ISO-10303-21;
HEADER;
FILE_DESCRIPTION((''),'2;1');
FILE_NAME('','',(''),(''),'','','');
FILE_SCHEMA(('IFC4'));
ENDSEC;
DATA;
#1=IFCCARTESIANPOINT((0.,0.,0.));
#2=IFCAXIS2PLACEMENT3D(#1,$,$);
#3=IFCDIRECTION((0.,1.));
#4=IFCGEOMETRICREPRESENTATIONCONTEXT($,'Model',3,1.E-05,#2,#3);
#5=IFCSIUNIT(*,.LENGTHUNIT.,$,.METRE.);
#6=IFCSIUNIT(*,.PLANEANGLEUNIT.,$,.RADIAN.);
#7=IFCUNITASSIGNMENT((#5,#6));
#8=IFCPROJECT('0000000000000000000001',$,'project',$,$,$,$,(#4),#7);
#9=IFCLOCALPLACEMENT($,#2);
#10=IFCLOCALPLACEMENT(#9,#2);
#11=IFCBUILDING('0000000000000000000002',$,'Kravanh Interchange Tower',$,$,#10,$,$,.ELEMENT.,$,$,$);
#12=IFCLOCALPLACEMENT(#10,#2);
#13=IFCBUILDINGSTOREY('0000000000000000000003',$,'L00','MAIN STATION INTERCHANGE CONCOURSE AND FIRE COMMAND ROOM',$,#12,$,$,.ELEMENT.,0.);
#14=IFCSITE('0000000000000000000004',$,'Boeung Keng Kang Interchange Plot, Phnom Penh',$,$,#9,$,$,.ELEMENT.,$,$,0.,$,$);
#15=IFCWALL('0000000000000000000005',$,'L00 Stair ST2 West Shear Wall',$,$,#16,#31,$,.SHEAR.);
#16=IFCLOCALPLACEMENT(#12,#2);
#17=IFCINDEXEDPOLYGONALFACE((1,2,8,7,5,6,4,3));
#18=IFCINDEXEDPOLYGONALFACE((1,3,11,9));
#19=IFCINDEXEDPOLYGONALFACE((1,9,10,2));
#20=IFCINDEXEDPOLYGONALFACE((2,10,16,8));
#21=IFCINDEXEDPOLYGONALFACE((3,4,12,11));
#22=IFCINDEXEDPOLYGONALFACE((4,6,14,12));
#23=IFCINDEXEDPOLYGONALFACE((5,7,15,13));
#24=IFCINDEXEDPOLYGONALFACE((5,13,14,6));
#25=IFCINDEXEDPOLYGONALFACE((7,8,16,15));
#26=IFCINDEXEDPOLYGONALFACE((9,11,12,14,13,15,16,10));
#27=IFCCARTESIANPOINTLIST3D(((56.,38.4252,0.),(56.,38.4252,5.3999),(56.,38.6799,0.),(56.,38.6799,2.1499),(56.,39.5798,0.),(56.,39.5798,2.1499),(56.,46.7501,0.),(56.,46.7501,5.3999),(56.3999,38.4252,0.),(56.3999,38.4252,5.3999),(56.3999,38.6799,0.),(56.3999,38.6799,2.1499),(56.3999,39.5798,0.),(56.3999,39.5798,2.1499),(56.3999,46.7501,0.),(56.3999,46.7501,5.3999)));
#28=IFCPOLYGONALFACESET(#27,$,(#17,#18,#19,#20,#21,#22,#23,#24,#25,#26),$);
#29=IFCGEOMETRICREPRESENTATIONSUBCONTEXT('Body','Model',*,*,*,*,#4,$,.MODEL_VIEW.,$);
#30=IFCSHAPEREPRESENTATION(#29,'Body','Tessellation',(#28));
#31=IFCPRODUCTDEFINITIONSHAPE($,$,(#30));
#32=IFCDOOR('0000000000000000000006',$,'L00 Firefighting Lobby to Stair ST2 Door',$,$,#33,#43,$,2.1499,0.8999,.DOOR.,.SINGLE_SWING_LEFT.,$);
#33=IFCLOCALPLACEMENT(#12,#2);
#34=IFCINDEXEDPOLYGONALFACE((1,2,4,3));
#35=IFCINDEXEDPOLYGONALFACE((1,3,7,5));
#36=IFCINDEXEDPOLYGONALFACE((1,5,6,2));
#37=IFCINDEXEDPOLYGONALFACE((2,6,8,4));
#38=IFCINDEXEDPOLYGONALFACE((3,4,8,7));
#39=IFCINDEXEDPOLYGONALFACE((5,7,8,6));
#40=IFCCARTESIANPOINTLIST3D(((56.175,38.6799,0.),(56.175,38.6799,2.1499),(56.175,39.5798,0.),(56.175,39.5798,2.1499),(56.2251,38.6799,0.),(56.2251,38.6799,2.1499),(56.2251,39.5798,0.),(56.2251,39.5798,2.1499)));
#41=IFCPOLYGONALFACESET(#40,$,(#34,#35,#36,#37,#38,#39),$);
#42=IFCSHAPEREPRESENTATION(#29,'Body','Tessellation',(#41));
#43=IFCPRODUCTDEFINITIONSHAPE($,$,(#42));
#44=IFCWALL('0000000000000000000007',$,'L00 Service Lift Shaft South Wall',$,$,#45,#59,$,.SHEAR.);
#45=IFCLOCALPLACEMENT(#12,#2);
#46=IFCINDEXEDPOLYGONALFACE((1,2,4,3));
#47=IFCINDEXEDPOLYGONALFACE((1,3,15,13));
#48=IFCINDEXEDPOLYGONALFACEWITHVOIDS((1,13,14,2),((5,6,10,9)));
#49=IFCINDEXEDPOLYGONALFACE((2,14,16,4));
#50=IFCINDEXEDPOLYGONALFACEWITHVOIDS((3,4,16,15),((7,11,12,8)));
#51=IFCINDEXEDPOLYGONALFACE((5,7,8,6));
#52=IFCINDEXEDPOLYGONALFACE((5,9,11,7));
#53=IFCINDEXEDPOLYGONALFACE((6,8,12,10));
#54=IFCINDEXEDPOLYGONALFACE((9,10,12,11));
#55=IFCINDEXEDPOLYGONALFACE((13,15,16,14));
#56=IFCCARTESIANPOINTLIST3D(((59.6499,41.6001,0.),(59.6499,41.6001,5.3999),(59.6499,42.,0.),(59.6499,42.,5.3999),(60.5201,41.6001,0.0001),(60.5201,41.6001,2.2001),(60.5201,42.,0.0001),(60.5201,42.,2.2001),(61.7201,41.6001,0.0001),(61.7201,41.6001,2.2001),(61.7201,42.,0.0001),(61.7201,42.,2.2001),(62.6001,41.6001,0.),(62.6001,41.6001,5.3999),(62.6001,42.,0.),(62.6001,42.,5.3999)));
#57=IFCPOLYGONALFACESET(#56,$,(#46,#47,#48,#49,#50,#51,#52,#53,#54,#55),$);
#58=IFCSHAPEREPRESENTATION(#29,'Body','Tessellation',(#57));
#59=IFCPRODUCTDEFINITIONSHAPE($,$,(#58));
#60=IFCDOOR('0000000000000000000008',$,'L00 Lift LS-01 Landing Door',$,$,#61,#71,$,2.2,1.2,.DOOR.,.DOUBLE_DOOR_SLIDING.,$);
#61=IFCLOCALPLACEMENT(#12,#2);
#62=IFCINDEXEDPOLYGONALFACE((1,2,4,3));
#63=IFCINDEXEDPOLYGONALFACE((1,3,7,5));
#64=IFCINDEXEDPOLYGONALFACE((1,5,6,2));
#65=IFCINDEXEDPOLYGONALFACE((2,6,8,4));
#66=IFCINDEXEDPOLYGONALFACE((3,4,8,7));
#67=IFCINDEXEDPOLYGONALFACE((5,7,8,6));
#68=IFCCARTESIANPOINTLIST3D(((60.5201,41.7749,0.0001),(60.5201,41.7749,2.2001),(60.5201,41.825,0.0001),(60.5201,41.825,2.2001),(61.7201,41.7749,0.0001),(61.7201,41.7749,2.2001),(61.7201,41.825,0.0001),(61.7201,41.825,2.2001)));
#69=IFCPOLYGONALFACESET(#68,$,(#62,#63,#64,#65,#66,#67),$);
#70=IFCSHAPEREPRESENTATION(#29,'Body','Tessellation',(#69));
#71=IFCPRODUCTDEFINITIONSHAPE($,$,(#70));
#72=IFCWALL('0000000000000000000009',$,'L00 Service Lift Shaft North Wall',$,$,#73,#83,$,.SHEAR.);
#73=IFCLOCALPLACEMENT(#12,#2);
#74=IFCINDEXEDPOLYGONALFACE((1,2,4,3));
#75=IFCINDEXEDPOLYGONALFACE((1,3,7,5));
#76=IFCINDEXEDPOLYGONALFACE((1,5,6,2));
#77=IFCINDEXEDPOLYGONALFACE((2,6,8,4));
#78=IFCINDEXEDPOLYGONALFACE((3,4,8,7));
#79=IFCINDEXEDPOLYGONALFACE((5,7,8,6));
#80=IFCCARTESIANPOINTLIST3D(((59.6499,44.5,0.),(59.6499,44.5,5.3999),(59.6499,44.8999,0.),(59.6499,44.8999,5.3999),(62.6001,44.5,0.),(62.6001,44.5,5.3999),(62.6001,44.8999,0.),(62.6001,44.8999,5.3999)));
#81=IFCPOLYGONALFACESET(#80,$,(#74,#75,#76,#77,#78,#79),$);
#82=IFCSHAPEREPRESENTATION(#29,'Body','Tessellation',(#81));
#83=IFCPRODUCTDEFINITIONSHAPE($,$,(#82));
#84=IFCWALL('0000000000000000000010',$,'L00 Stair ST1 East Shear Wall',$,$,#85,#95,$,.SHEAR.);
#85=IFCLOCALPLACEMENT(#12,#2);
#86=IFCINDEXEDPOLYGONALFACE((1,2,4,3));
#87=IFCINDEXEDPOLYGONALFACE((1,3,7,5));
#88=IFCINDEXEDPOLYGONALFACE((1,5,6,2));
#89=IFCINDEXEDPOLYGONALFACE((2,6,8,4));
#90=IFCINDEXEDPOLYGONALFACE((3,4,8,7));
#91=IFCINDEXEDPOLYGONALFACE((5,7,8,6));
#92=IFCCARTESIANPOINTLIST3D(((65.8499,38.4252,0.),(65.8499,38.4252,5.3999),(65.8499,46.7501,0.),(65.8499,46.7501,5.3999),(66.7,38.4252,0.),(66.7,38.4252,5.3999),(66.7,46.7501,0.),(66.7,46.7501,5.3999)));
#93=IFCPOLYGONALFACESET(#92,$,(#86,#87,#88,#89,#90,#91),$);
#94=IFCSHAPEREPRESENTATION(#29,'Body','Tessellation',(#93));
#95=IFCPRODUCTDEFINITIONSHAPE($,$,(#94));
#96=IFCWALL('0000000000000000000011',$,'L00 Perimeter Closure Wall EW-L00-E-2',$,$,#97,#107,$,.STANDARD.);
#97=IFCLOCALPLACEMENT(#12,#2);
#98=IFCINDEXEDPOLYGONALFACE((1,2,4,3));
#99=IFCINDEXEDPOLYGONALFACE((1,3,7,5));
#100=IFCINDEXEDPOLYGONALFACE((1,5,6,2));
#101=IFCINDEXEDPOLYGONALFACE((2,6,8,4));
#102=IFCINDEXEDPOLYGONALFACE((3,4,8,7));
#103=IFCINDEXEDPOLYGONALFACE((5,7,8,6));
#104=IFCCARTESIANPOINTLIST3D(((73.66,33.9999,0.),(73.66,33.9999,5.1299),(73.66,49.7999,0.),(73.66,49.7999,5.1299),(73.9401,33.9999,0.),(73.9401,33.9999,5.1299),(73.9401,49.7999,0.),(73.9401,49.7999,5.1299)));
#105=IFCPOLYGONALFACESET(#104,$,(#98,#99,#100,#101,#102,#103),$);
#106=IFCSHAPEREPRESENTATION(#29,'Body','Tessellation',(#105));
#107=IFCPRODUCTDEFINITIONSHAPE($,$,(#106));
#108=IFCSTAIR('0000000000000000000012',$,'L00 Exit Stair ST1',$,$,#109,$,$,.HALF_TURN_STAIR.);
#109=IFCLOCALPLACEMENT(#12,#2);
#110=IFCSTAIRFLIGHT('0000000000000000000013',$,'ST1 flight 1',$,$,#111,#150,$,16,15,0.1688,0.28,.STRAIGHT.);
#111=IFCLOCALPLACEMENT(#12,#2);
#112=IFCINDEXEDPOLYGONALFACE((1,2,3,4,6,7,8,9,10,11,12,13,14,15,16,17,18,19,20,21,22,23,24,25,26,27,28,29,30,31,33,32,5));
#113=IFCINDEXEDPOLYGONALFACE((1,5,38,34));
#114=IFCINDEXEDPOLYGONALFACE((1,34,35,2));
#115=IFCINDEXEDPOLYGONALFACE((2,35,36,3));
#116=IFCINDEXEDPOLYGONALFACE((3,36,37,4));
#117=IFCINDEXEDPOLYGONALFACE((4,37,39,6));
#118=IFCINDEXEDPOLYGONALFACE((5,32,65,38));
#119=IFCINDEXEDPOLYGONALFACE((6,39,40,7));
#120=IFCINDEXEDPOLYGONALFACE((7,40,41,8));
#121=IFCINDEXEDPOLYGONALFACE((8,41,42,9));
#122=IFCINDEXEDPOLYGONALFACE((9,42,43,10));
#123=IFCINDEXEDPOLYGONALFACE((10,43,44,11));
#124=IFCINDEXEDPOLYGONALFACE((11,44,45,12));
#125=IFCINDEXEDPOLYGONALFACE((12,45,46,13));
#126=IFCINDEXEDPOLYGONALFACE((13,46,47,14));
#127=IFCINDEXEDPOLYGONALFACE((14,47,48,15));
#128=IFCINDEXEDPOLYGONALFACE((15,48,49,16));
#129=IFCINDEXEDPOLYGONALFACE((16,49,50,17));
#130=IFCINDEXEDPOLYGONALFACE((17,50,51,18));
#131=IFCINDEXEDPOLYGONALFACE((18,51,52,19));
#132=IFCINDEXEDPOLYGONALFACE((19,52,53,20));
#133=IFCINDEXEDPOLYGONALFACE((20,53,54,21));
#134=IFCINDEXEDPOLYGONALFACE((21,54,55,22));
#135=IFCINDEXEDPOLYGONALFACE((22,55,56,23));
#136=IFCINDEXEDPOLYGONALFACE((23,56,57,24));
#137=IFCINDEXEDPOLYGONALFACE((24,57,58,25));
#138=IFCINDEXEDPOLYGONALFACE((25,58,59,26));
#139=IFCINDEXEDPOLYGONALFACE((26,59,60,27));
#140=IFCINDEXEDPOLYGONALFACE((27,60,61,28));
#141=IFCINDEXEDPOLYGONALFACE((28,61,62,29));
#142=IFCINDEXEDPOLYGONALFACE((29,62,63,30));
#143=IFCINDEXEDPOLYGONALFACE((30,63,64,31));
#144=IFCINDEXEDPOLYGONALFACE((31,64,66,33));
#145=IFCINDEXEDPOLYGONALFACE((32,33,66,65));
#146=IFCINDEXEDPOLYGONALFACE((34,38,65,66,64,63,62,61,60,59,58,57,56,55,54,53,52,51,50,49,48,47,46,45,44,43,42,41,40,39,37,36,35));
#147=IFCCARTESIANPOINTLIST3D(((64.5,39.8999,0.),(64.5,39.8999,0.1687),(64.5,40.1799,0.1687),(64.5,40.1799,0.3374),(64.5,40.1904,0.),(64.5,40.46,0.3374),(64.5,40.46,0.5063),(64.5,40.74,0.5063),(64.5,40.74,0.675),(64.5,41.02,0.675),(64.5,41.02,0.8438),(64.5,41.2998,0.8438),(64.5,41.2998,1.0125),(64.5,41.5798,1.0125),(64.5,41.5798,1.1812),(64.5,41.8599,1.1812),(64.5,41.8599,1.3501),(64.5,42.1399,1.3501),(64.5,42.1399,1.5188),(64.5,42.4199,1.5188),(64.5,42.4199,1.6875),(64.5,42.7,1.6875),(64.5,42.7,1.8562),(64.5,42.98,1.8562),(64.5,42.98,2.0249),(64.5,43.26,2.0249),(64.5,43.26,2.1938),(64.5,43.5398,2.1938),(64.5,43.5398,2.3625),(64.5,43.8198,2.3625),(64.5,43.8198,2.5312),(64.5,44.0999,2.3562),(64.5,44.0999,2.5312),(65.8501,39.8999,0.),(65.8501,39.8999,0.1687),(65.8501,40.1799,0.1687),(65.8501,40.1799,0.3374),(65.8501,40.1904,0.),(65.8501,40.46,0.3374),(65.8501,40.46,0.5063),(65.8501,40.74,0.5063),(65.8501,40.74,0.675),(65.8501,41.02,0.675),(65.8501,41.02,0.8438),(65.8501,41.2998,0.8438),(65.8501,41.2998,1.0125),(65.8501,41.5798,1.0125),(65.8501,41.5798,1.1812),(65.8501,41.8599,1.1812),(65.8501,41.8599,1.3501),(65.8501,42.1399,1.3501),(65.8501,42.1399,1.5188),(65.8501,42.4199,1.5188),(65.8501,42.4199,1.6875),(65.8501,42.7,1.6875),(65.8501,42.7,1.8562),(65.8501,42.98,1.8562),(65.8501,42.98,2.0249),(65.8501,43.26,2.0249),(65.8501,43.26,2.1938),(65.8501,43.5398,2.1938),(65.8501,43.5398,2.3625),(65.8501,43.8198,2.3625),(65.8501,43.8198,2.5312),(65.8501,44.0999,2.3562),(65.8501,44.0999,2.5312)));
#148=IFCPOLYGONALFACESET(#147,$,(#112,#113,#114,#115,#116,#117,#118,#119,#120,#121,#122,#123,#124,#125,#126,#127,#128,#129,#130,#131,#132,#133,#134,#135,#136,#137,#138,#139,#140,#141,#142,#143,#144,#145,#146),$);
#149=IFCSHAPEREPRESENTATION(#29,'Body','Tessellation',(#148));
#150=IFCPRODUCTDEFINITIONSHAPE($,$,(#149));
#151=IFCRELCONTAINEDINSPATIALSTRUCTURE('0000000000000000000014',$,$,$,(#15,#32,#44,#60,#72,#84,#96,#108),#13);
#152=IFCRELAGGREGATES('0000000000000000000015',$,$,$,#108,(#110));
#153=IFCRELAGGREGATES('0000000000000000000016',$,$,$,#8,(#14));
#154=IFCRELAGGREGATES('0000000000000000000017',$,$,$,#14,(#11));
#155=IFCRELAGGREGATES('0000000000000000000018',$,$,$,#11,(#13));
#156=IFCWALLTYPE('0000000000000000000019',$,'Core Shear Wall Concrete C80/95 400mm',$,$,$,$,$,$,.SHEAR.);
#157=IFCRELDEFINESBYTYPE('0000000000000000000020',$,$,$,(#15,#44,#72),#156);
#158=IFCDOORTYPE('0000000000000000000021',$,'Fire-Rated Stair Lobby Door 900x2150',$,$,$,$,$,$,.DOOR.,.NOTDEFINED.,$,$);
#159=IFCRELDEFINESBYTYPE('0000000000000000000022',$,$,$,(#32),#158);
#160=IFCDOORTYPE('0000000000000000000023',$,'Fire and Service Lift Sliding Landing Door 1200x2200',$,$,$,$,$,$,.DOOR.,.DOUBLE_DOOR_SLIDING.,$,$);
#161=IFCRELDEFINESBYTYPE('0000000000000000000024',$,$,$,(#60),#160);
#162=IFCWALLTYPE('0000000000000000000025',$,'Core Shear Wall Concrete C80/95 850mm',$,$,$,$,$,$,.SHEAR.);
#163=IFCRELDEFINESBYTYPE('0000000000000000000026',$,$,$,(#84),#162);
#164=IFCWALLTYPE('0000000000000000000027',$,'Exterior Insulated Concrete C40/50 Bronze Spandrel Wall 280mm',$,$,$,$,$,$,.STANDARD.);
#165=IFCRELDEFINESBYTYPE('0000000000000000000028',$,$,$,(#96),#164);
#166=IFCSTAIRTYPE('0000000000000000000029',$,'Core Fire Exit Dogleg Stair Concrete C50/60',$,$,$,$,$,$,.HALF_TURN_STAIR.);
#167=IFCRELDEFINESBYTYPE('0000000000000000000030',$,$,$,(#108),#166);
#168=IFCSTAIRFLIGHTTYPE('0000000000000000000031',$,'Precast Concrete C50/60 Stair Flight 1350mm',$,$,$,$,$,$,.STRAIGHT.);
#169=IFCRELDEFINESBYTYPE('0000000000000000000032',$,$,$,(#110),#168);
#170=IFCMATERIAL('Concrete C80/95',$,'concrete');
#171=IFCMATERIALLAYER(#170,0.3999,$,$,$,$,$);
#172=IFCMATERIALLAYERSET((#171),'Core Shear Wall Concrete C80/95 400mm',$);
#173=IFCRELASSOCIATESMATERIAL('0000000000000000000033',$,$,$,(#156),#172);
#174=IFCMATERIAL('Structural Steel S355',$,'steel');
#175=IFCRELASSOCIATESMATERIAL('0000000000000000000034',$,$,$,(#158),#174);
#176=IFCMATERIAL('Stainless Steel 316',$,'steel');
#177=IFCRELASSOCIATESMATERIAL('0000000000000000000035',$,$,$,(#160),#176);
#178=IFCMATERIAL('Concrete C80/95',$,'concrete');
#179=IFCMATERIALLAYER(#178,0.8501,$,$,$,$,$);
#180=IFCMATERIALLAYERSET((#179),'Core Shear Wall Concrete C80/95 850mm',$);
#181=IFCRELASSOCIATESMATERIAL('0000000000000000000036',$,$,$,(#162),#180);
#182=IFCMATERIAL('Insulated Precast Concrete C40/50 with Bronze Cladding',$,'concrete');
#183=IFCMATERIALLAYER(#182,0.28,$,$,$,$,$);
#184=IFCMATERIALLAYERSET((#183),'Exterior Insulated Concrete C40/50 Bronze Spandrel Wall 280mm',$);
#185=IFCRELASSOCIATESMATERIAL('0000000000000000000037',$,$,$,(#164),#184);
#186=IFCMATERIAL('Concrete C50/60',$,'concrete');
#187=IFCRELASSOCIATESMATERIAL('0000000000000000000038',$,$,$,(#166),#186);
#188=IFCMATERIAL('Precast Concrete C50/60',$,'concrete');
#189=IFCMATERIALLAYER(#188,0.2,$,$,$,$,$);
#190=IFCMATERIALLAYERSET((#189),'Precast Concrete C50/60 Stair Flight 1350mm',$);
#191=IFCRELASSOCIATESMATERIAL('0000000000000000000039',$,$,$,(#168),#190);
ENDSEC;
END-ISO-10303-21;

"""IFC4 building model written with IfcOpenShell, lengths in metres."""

from ifc_helpers import new_model, si_unit, direction, frame, frame_2d, origin, place, context, subcontext, project, spatial, polyline, rectangle, outline, extrude, material, layer, layer_set, type_object, element, fill, aggregate, save


model = new_model("IFC4")

# Units and contexts
model_context = context("Model", 3, precision=1e-05, world=origin(), true_north=direction((0.0, 1.0)))
body_context = subcontext(model_context, "Body", "Model", "MODEL_VIEW")
ifc_project = project(units=[si_unit("LENGTHUNIT", "METRE"), si_unit("PLANEANGLEUNIT", "RADIAN")], contexts=[model_context])

# Site, building, storey
site_placement = place(None, origin())
site = spatial("IfcSite", under=ifc_project, at=site_placement, Name="Boeung Keng Kang Interchange Plot, Phnom Penh", CompositionType="ELEMENT", RefElevation=0.0)
building_placement = place(site_placement, origin())
building = spatial("IfcBuilding", under=site, at=building_placement, Name="Kravanh Interchange Tower", CompositionType="ELEMENT")
storey_placement = place(building_placement, origin())
storey = spatial("IfcBuildingStorey", under=building, at=storey_placement, Name="L00", Description="MAIN STATION INTERCHANGE CONCOURSE AND FIRE COMMAND ROOM", CompositionType="ELEMENT", Elevation=0.0)

# Shared definitions
ifc_material_1 = material(Name="Concrete C80/95", Category="concrete")
ifc_layer_1 = layer(ifc_material_1, 0.3999)
ifc_layer_set_1 = layer_set([ifc_layer_1], Name="Core Shear Wall Concrete C80/95 400mm")
wall_type_1 = type_object("IfcWallType", Name="Core Shear Wall Concrete C80/95 400mm", PredefinedType="SHEAR", material=ifc_layer_set_1)

# Walls, openings, doors
wall_1_placement = place(storey_placement, frame((56.2, 38.425, 0.0), z_axis=(0.0, 0.0, 1.0), x_axis=(0.0, 1.0, 0.0)))
wall_1 = element("IfcWall", 1, at=wall_1_placement, inside=storey, type_object=wall_type_1, Name="L00 Stair ST2 West Shear Wall", PredefinedType="SHEAR", context=body_context, shape_type="SweptSolid", body=[
    extrude(rectangle(XDim=8.325, YDim=0.3999, at=frame_2d((4.1626, 0.0))), origin(), (0.0, 0.0, 1.0), 5.3999),
])
opening_1_placement = place(wall_1_placement, frame((0.2549, 0.0, 0.0)))
opening_1 = element("IfcOpeningElement", 2, at=opening_1_placement, cuts=wall_1, PredefinedType="OPENING", context=body_context, shape_type="SweptSolid", body=[
    extrude(rectangle(XDim=0.8999, YDim=2.1499, at=frame_2d((0.45, 1.075))), frame((0.0, 0.21, 0.0), z_axis=(0.0, -1.0, 0.0), x_axis=(1.0, 0.0, 0.0)), (0.0, 0.0, 1.0), 0.4199),
])
ifc_material_2 = material(Name="Structural Steel S355", Category="steel")
door_type_1 = type_object("IfcDoorType", Name="Fire-Rated Stair Lobby Door 900x2150", OperationType="NOTDEFINED", PredefinedType="DOOR", material=ifc_material_2)
door_1_placement = place(opening_1_placement, origin())
door_1 = element("IfcDoor", 3, at=door_1_placement, inside=storey, type_object=door_type_1, Name="L00 Firefighting Lobby to Stair ST2 Door", OperationType="SINGLE_SWING_LEFT", OverallHeight=2.1499, OverallWidth=0.8999, PredefinedType="DOOR", context=body_context, shape_type="SweptSolid", body=[
    extrude(rectangle(XDim=0.8999, YDim=2.1499, at=frame_2d((0.45, 1.075))), frame((0.0, 0.0249, 0.0), z_axis=(0.0, -1.0, 0.0), x_axis=(1.0, 0.0, 0.0)), (0.0, 0.0, 1.0), 0.05),
])
fill(opening_1, door_1)
wall_2_placement = place(storey_placement, frame((59.6499, 41.8, 0.0), z_axis=(0.0, 0.0, 1.0), x_axis=(1.0, 0.0, 0.0)))
wall_2 = element("IfcWall", 4, at=wall_2_placement, inside=storey, type_object=wall_type_1, Name="L00 Service Lift Shaft South Wall", PredefinedType="SHEAR", context=body_context, shape_type="SweptSolid", body=[
    extrude(rectangle(XDim=2.9502, YDim=0.3999, at=frame_2d((1.4751, 0.0))), origin(), (0.0, 0.0, 1.0), 5.3999),
])
opening_2_placement = place(wall_2_placement, frame((0.8701, 0.0, 0.0)))
opening_2 = element("IfcOpeningElement", 5, at=opening_2_placement, cuts=wall_2, PredefinedType="OPENING", context=body_context, shape_type="SweptSolid", body=[
    extrude(rectangle(XDim=1.2, YDim=2.2, at=frame_2d((0.6001, 1.1001))), frame((0.0, 0.21, 0.0), z_axis=(0.0, -1.0, 0.0), x_axis=(1.0, 0.0, 0.0)), (0.0, 0.0, 1.0), 0.4199),
])
ifc_material_3 = material(Name="Stainless Steel 316", Category="steel")
door_type_2 = type_object("IfcDoorType", Name="Fire and Service Lift Sliding Landing Door 1200x2200", OperationType="DOUBLE_DOOR_SLIDING", PredefinedType="DOOR", material=ifc_material_3)
door_2_placement = place(opening_2_placement, origin())
door_2 = element("IfcDoor", 6, at=door_2_placement, inside=storey, type_object=door_type_2, Name="L00 Lift LS-01 Landing Door", OperationType="DOUBLE_DOOR_SLIDING", OverallHeight=2.2, OverallWidth=1.2, PredefinedType="DOOR", context=body_context, shape_type="SweptSolid", body=[
    extrude(rectangle(XDim=1.2, YDim=2.2, at=frame_2d((0.6001, 1.1001))), frame((0.0, 0.0249, 0.0), z_axis=(0.0, -1.0, 0.0), x_axis=(1.0, 0.0, 0.0)), (0.0, 0.0, 1.0), 0.05),
])
fill(opening_2, door_2)

# Walls
wall_3_placement = place(storey_placement, frame((59.6499, 44.7, 0.0), z_axis=(0.0, 0.0, 1.0), x_axis=(1.0, 0.0, 0.0)))
element("IfcWall", 7, at=wall_3_placement, inside=storey, type_object=wall_type_1, Name="L00 Service Lift Shaft North Wall", PredefinedType="SHEAR", context=body_context, shape_type="SweptSolid", body=[
    extrude(rectangle(XDim=2.9502, YDim=0.3999, at=frame_2d((1.4751, 0.0))), origin(), (0.0, 0.0, 1.0), 5.3999),
])
ifc_material_4 = material(Name="Concrete C80/95", Category="concrete")
ifc_layer_2 = layer(ifc_material_4, 0.8501)
ifc_layer_set_2 = layer_set([ifc_layer_2], Name="Core Shear Wall Concrete C80/95 850mm")
wall_type_2 = type_object("IfcWallType", Name="Core Shear Wall Concrete C80/95 850mm", PredefinedType="SHEAR", material=ifc_layer_set_2)
wall_4_placement = place(storey_placement, frame((66.2749, 38.425, 0.0), z_axis=(0.0, 0.0, 1.0), x_axis=(0.0, 1.0, 0.0)))
element("IfcWall", 8, at=wall_4_placement, inside=storey, type_object=wall_type_2, Name="L00 Stair ST1 East Shear Wall", PredefinedType="SHEAR", context=body_context, shape_type="SweptSolid", body=[
    extrude(rectangle(XDim=8.325, YDim=0.8501, at=frame_2d((4.1626, 0.0))), origin(), (0.0, 0.0, 1.0), 5.3999),
])
ifc_material_5 = material(Name="Insulated Precast Concrete C40/50 with Bronze Cladding", Category="concrete")
ifc_layer_3 = layer(ifc_material_5, 0.28)
ifc_layer_set_3 = layer_set([ifc_layer_3], Name="Exterior Insulated Concrete C40/50 Bronze Spandrel Wall 280mm")
wall_type_3 = type_object("IfcWallType", Name="Exterior Insulated Concrete C40/50 Bronze Spandrel Wall 280mm", PredefinedType="STANDARD", material=ifc_layer_set_3)
wall_5_placement = place(storey_placement, frame((73.8, 34.0, 0.0), z_axis=(0.0, 0.0, 1.0), x_axis=(0.0, 1.0, 0.0)))
element("IfcWall", 9, at=wall_5_placement, inside=storey, type_object=wall_type_3, Name="L00 Perimeter Closure Wall EW-L00-E-2", PredefinedType="STANDARD", context=body_context, shape_type="SweptSolid", body=[
    extrude(rectangle(XDim=15.8, YDim=0.28, at=frame_2d((7.8999, 0.0))), origin(), (0.0, 0.0, 1.0), 5.1299),
])

# Stair, stair flight
ifc_material_6 = material(Name="Concrete C50/60", Category="concrete")
stair_type = type_object("IfcStairType", Name="Core Fire Exit Dogleg Stair Concrete C50/60", PredefinedType="HALF_TURN_STAIR", material=ifc_material_6)
stair_1_placement = place(storey_placement, origin())
stair_1 = element("IfcStair", 10, at=stair_1_placement, inside=storey, type_object=stair_type, Name="L00 Exit Stair ST1", PredefinedType="HALF_TURN_STAIR")
ifc_material_7 = material(Name="Precast Concrete C50/60", Category="concrete")
ifc_layer_4 = layer(ifc_material_7, 0.2)
ifc_layer_set_4 = layer_set([ifc_layer_4], Name="Precast Concrete C50/60 Stair Flight 1350mm")
stair_flight_type = type_object("IfcStairFlightType", Name="Precast Concrete C50/60 Stair Flight 1350mm", PredefinedType="STRAIGHT", material=ifc_layer_set_4)
stair_flight_1_placement = place(storey_placement, frame((65.175, 39.8999, 0.0), z_axis=(0.0, 0.0, 1.0), x_axis=(0.0, 1.0, 0.0)))
stair_flight_1 = element("IfcStairFlight", 11, at=stair_flight_1_placement, type_object=stair_flight_type, Name="ST1 flight 1", NumberOfRisers=16, NumberOfTreads=15, PredefinedType="STRAIGHT", RiserHeight=0.1688, TreadLength=0.28, context=body_context, shape_type="SweptSolid", body=[
    extrude(outline(polyline([(0.0, 0.0), (0.0, 0.1687), (0.28, 0.1687), (0.28, 0.3374), (0.5601, 0.3374), (0.5601, 0.5063), (0.8401, 0.5063), (0.8401, 0.675), (1.1201, 0.675), (1.1201, 0.8438), (1.3999, 0.8438), (1.3999, 1.0125), (1.6799, 1.0125), (1.6799, 1.1812), (1.96, 1.1812), (1.96, 1.3501), (2.24, 1.3501), (2.24, 1.5188), (2.52, 1.5188), (2.52, 1.6875), (2.8, 1.6875), (2.8, 1.8562), (3.0801, 1.8562), (3.0801, 2.0249), (3.3601, 2.0249), (3.3601, 2.1938), (3.6399, 2.1938), (3.6399, 2.3625), (3.9199, 2.3625), (3.9199, 2.5312), (4.2, 2.5312), (4.2, 2.7), (4.2, 2.3562), (0.2905, 0.0), (0.0, 0.0)])), frame((0.0, 0.675, 0.0), z_axis=(0.0, -1.0, 0.0), x_axis=(1.0, 0.0, 0.0)), (0.0, 0.0, 1.0), 1.3501),
])
aggregate(stair_1, [stair_flight_1])

save(model, "model.ifc")
